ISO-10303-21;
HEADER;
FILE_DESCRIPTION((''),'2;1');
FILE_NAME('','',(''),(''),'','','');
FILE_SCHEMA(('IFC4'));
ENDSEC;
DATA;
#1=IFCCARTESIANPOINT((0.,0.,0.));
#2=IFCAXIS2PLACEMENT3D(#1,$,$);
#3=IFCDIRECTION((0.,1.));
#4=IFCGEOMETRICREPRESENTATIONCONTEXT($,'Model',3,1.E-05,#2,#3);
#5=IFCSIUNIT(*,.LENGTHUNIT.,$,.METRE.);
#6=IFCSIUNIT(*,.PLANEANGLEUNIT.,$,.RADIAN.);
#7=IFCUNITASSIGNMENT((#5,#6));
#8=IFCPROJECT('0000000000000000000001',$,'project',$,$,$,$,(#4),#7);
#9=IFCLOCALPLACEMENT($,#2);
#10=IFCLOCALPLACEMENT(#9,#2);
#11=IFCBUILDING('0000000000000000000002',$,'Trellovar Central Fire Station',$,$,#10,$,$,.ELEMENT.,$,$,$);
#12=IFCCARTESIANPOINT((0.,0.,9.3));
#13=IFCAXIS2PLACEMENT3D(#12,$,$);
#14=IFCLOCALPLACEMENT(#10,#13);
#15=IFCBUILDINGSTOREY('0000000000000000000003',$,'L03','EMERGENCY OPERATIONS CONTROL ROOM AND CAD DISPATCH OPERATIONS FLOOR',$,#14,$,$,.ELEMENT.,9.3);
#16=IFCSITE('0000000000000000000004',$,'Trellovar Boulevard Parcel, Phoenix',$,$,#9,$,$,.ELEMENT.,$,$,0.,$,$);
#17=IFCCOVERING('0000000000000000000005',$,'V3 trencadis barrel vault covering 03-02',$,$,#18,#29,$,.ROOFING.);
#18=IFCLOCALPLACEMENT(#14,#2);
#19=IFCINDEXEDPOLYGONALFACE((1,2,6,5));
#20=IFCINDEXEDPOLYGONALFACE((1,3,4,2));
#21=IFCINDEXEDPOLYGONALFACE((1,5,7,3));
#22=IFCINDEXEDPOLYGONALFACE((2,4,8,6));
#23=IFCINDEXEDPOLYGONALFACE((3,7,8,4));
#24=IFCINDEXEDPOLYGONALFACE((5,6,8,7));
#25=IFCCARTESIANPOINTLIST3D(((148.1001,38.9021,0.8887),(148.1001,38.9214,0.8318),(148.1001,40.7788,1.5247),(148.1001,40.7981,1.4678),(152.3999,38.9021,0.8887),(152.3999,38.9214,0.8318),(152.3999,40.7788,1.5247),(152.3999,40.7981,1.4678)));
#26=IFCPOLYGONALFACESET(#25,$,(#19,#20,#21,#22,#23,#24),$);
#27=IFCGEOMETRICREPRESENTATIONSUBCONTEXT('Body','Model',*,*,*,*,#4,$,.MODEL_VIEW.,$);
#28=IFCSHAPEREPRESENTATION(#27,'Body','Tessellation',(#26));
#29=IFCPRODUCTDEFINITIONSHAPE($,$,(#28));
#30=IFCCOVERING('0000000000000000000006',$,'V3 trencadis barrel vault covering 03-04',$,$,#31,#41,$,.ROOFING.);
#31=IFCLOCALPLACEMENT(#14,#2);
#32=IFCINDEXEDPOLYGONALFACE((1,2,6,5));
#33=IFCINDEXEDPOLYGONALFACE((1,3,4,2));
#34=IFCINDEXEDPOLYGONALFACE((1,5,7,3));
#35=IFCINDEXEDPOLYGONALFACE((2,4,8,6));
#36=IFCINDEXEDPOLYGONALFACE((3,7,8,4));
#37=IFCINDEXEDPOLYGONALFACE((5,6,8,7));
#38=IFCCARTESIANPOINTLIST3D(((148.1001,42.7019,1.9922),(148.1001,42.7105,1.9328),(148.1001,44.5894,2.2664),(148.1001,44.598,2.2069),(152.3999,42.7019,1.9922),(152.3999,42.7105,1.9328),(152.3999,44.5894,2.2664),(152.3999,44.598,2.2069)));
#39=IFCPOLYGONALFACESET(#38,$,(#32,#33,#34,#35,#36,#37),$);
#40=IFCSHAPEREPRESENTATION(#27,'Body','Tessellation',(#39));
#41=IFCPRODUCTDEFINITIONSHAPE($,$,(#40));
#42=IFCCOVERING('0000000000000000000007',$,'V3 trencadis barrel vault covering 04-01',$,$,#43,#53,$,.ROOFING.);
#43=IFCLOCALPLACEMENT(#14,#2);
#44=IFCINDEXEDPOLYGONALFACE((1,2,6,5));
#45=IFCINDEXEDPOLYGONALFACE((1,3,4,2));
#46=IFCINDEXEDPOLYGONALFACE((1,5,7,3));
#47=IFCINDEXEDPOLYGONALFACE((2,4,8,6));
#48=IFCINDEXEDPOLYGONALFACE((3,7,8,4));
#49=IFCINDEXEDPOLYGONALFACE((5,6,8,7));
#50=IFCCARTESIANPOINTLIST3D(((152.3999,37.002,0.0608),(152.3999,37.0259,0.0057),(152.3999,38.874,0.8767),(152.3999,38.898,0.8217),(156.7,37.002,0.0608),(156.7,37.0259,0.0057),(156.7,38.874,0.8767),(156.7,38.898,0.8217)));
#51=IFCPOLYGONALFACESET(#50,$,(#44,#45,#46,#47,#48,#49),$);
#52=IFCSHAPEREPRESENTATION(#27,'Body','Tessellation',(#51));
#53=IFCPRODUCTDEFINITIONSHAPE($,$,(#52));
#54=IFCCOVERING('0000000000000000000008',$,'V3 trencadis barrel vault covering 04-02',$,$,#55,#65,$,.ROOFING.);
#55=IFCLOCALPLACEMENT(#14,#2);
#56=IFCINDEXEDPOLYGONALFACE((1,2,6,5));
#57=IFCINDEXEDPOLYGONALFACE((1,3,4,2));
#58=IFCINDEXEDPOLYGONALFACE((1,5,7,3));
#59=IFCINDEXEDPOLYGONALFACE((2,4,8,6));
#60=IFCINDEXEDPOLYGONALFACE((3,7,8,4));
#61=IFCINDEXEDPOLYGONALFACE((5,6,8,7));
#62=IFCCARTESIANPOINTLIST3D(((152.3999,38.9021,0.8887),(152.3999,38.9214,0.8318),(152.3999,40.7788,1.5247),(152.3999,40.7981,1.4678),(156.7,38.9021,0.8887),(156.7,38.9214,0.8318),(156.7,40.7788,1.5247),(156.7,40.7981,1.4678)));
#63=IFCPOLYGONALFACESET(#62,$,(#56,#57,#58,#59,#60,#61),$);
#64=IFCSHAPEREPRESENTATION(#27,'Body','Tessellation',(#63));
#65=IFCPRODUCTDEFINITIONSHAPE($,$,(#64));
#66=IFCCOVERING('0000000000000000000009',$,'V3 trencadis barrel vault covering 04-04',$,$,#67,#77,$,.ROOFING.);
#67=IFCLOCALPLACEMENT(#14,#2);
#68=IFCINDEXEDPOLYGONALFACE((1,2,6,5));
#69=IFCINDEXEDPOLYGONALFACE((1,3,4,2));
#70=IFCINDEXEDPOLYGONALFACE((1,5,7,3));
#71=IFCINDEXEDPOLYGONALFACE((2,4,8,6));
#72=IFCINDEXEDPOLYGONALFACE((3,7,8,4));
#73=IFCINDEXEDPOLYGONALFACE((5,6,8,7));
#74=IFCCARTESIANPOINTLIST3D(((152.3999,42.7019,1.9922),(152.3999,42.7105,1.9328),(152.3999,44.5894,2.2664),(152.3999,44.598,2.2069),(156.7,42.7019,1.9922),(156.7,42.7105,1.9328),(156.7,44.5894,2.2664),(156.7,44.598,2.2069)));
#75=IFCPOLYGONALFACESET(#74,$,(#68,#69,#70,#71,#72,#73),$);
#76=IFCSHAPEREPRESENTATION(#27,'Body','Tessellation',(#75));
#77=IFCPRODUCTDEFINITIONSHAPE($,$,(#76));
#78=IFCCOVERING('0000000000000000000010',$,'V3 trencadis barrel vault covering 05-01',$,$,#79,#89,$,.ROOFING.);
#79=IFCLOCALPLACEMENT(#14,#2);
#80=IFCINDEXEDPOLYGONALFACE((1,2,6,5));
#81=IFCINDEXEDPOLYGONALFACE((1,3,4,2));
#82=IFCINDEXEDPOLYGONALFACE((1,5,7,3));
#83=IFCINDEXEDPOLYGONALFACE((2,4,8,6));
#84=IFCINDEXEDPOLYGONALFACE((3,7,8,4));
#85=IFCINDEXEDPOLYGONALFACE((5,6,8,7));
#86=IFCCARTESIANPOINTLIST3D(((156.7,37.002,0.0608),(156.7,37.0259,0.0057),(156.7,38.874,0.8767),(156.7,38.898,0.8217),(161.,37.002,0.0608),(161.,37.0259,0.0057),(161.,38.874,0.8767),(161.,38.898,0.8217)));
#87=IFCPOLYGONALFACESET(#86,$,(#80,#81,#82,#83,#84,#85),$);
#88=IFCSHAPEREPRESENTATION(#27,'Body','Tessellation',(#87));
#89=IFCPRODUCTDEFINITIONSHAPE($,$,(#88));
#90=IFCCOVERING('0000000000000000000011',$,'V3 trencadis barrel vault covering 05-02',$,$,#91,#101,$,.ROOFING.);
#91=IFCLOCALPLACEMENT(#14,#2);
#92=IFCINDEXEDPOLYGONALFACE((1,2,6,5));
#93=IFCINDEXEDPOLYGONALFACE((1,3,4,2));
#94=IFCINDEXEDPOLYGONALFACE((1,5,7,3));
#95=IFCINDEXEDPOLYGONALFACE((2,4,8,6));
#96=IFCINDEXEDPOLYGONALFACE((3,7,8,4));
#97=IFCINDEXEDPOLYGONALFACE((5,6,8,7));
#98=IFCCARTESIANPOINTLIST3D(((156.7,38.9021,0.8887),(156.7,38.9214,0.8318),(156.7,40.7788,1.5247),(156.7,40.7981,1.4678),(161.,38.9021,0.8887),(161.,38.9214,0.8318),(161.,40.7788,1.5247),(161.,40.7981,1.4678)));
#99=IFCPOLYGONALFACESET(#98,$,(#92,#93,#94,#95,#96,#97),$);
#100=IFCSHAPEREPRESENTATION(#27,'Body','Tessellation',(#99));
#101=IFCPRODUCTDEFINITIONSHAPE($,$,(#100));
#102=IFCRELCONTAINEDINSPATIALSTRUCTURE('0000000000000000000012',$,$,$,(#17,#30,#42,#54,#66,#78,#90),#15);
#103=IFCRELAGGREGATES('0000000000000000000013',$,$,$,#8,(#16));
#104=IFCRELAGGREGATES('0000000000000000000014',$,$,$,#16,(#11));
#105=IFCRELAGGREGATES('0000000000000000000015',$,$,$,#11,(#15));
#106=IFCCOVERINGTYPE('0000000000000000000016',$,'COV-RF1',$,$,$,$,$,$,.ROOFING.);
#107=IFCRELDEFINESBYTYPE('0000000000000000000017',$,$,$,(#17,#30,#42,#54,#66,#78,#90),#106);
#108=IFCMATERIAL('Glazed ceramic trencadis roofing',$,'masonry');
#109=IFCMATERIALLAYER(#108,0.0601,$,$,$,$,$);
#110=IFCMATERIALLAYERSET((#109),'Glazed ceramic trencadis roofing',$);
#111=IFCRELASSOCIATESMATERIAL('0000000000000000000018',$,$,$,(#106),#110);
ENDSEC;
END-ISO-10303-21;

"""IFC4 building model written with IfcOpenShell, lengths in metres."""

from ifc_helpers import new_model, si_unit, direction, frame, origin, place, context, subcontext, project, spatial, polyline, outline, extrude, material, layer, layer_set, type_object, element, save


model = new_model("IFC4")

# Units and contexts
model_context = context("Model", 3, precision=1e-05, world=origin(), true_north=direction((0.0, 1.0)))
body_context = subcontext(model_context, "Body", "Model", "MODEL_VIEW")
ifc_project = project(units=[si_unit("LENGTHUNIT", "METRE"), si_unit("PLANEANGLEUNIT", "RADIAN")], contexts=[model_context])

# Site, building, storey
site_placement = place(None, origin())
site = spatial("IfcSite", under=ifc_project, at=site_placement, Name="Trellovar Boulevard Parcel, Phoenix", CompositionType="ELEMENT", RefElevation=0.0)
building_placement = place(site_placement, origin())
building = spatial("IfcBuilding", under=site, at=building_placement, Name="Trellovar Central Fire Station", CompositionType="ELEMENT")
storey_placement = place(building_placement, frame((0.0, 0.0, 9.3)))
storey = spatial("IfcBuildingStorey", under=building, at=storey_placement, Name="L03", Description="EMERGENCY OPERATIONS CONTROL ROOM AND CAD DISPATCH OPERATIONS FLOOR", CompositionType="ELEMENT", Elevation=9.3)

# Coverings
ifc_material_1 = material(Name="Glazed ceramic trencadis roofing", Category="masonry")
ifc_layer_1 = layer(ifc_material_1, 0.0601)
ifc_layer_set_1 = layer_set([ifc_layer_1], Name="Glazed ceramic trencadis roofing")
covering_type = type_object("IfcCoveringType", Name="COV-RF1", PredefinedType="ROOFING", material=ifc_layer_set_1)
covering_1_placement = place(storey_placement, frame((148.1001, 38.9021, 0.8887), z_axis=(0.0, -0.320955, 0.947094), x_axis=(1.0, 0.0, 0.0)))
element("IfcCovering", 1, at=covering_1_placement, inside=storey, type_object=covering_type, Name="V3 trencadis barrel vault covering 03-02", PredefinedType="ROOFING", context=body_context, shape_type="SweptSolid", body=[
    extrude(outline(polyline([(0.0, 0.0), (4.2998, 0.0), (4.2998, 1.9815), (0.0, 1.9815), (0.0, 0.0)])), origin(), (0.0, 0.0, -1.0), 0.0601),
])
covering_2_placement = place(storey_placement, frame((148.1001, 42.7019, 1.9922), z_axis=(0.0, -0.143751, 0.989614), x_axis=(1.0, 0.0, 0.0)))
element("IfcCovering", 2, at=covering_2_placement, inside=storey, type_object=covering_type, Name="V3 trencadis barrel vault covering 03-04", PredefinedType="ROOFING", context=body_context, shape_type="SweptSolid", body=[
    extrude(outline(polyline([(0.0, 0.0), (4.2998, 0.0), (4.2998, 1.9073), (0.0, 1.9073), (0.0, 0.0)])), origin(), (0.0, 0.0, -1.0), 0.0601),
])
covering_3_placement = place(storey_placement, frame((152.3999, 37.002, 0.0608), z_axis=(0.0, -0.399539, 0.916716), x_axis=(1.0, 0.0, 0.0)))
element("IfcCovering", 3, at=covering_3_placement, inside=storey, type_object=covering_type, Name="V3 trencadis barrel vault covering 04-01", PredefinedType="ROOFING", context=body_context, shape_type="SweptSolid", body=[
    extrude(outline(polyline([(0.0, 0.0), (4.3, 0.0), (4.3, 2.0421), (0.0, 2.0421), (0.0, 0.0)])), origin(), (0.0, 0.0, -1.0), 0.0601),
])
covering_4_placement = place(storey_placement, frame((152.3999, 38.9021, 0.8887), z_axis=(0.0, -0.320955, 0.947094), x_axis=(1.0, 0.0, 0.0)))
element("IfcCovering", 4, at=covering_4_placement, inside=storey, type_object=covering_type, Name="V3 trencadis barrel vault covering 04-02", PredefinedType="ROOFING", context=body_context, shape_type="SweptSolid", body=[
    extrude(outline(polyline([(0.0, 0.0), (4.3, 0.0), (4.3, 1.9815), (0.0, 1.9815), (0.0, 0.0)])), origin(), (0.0, 0.0, -1.0), 0.0601),
])
covering_5_placement = place(storey_placement, frame((152.3999, 42.7019, 1.9922), z_axis=(0.0, -0.143751, 0.989614), x_axis=(1.0, 0.0, 0.0)))
element("IfcCovering", 5, at=covering_5_placement, inside=storey, type_object=covering_type, Name="V3 trencadis barrel vault covering 04-04", PredefinedType="ROOFING", context=body_context, shape_type="SweptSolid", body=[
    extrude(outline(polyline([(0.0, 0.0), (4.3, 0.0), (4.3, 1.9073), (0.0, 1.9073), (0.0, 0.0)])), origin(), (0.0, 0.0, -1.0), 0.0601),
])
covering_6_placement = place(storey_placement, frame((156.7, 37.002, 0.0608), z_axis=(0.0, -0.399539, 0.916716), x_axis=(1.0, 0.0, 0.0)))
element("IfcCovering", 6, at=covering_6_placement, inside=storey, type_object=covering_type, Name="V3 trencadis barrel vault covering 05-01", PredefinedType="ROOFING", context=body_context, shape_type="SweptSolid", body=[
    extrude(outline(polyline([(0.0, 0.0), (4.3, 0.0), (4.3, 2.0421), (0.0, 2.0421), (0.0, 0.0)])), origin(), (0.0, 0.0, -1.0), 0.0601),
])
covering_7_placement = place(storey_placement, frame((156.7, 38.9021, 0.8887), z_axis=(0.0, -0.320955, 0.947094), x_axis=(1.0, 0.0, 0.0)))
element("IfcCovering", 7, at=covering_7_placement, inside=storey, type_object=covering_type, Name="V3 trencadis barrel vault covering 05-02", PredefinedType="ROOFING", context=body_context, shape_type="SweptSolid", body=[
    extrude(outline(polyline([(0.0, 0.0), (4.3, 0.0), (4.3, 1.9815), (0.0, 1.9815), (0.0, 0.0)])), origin(), (0.0, 0.0, -1.0), 0.0601),
])

save(model, "model.ifc")
